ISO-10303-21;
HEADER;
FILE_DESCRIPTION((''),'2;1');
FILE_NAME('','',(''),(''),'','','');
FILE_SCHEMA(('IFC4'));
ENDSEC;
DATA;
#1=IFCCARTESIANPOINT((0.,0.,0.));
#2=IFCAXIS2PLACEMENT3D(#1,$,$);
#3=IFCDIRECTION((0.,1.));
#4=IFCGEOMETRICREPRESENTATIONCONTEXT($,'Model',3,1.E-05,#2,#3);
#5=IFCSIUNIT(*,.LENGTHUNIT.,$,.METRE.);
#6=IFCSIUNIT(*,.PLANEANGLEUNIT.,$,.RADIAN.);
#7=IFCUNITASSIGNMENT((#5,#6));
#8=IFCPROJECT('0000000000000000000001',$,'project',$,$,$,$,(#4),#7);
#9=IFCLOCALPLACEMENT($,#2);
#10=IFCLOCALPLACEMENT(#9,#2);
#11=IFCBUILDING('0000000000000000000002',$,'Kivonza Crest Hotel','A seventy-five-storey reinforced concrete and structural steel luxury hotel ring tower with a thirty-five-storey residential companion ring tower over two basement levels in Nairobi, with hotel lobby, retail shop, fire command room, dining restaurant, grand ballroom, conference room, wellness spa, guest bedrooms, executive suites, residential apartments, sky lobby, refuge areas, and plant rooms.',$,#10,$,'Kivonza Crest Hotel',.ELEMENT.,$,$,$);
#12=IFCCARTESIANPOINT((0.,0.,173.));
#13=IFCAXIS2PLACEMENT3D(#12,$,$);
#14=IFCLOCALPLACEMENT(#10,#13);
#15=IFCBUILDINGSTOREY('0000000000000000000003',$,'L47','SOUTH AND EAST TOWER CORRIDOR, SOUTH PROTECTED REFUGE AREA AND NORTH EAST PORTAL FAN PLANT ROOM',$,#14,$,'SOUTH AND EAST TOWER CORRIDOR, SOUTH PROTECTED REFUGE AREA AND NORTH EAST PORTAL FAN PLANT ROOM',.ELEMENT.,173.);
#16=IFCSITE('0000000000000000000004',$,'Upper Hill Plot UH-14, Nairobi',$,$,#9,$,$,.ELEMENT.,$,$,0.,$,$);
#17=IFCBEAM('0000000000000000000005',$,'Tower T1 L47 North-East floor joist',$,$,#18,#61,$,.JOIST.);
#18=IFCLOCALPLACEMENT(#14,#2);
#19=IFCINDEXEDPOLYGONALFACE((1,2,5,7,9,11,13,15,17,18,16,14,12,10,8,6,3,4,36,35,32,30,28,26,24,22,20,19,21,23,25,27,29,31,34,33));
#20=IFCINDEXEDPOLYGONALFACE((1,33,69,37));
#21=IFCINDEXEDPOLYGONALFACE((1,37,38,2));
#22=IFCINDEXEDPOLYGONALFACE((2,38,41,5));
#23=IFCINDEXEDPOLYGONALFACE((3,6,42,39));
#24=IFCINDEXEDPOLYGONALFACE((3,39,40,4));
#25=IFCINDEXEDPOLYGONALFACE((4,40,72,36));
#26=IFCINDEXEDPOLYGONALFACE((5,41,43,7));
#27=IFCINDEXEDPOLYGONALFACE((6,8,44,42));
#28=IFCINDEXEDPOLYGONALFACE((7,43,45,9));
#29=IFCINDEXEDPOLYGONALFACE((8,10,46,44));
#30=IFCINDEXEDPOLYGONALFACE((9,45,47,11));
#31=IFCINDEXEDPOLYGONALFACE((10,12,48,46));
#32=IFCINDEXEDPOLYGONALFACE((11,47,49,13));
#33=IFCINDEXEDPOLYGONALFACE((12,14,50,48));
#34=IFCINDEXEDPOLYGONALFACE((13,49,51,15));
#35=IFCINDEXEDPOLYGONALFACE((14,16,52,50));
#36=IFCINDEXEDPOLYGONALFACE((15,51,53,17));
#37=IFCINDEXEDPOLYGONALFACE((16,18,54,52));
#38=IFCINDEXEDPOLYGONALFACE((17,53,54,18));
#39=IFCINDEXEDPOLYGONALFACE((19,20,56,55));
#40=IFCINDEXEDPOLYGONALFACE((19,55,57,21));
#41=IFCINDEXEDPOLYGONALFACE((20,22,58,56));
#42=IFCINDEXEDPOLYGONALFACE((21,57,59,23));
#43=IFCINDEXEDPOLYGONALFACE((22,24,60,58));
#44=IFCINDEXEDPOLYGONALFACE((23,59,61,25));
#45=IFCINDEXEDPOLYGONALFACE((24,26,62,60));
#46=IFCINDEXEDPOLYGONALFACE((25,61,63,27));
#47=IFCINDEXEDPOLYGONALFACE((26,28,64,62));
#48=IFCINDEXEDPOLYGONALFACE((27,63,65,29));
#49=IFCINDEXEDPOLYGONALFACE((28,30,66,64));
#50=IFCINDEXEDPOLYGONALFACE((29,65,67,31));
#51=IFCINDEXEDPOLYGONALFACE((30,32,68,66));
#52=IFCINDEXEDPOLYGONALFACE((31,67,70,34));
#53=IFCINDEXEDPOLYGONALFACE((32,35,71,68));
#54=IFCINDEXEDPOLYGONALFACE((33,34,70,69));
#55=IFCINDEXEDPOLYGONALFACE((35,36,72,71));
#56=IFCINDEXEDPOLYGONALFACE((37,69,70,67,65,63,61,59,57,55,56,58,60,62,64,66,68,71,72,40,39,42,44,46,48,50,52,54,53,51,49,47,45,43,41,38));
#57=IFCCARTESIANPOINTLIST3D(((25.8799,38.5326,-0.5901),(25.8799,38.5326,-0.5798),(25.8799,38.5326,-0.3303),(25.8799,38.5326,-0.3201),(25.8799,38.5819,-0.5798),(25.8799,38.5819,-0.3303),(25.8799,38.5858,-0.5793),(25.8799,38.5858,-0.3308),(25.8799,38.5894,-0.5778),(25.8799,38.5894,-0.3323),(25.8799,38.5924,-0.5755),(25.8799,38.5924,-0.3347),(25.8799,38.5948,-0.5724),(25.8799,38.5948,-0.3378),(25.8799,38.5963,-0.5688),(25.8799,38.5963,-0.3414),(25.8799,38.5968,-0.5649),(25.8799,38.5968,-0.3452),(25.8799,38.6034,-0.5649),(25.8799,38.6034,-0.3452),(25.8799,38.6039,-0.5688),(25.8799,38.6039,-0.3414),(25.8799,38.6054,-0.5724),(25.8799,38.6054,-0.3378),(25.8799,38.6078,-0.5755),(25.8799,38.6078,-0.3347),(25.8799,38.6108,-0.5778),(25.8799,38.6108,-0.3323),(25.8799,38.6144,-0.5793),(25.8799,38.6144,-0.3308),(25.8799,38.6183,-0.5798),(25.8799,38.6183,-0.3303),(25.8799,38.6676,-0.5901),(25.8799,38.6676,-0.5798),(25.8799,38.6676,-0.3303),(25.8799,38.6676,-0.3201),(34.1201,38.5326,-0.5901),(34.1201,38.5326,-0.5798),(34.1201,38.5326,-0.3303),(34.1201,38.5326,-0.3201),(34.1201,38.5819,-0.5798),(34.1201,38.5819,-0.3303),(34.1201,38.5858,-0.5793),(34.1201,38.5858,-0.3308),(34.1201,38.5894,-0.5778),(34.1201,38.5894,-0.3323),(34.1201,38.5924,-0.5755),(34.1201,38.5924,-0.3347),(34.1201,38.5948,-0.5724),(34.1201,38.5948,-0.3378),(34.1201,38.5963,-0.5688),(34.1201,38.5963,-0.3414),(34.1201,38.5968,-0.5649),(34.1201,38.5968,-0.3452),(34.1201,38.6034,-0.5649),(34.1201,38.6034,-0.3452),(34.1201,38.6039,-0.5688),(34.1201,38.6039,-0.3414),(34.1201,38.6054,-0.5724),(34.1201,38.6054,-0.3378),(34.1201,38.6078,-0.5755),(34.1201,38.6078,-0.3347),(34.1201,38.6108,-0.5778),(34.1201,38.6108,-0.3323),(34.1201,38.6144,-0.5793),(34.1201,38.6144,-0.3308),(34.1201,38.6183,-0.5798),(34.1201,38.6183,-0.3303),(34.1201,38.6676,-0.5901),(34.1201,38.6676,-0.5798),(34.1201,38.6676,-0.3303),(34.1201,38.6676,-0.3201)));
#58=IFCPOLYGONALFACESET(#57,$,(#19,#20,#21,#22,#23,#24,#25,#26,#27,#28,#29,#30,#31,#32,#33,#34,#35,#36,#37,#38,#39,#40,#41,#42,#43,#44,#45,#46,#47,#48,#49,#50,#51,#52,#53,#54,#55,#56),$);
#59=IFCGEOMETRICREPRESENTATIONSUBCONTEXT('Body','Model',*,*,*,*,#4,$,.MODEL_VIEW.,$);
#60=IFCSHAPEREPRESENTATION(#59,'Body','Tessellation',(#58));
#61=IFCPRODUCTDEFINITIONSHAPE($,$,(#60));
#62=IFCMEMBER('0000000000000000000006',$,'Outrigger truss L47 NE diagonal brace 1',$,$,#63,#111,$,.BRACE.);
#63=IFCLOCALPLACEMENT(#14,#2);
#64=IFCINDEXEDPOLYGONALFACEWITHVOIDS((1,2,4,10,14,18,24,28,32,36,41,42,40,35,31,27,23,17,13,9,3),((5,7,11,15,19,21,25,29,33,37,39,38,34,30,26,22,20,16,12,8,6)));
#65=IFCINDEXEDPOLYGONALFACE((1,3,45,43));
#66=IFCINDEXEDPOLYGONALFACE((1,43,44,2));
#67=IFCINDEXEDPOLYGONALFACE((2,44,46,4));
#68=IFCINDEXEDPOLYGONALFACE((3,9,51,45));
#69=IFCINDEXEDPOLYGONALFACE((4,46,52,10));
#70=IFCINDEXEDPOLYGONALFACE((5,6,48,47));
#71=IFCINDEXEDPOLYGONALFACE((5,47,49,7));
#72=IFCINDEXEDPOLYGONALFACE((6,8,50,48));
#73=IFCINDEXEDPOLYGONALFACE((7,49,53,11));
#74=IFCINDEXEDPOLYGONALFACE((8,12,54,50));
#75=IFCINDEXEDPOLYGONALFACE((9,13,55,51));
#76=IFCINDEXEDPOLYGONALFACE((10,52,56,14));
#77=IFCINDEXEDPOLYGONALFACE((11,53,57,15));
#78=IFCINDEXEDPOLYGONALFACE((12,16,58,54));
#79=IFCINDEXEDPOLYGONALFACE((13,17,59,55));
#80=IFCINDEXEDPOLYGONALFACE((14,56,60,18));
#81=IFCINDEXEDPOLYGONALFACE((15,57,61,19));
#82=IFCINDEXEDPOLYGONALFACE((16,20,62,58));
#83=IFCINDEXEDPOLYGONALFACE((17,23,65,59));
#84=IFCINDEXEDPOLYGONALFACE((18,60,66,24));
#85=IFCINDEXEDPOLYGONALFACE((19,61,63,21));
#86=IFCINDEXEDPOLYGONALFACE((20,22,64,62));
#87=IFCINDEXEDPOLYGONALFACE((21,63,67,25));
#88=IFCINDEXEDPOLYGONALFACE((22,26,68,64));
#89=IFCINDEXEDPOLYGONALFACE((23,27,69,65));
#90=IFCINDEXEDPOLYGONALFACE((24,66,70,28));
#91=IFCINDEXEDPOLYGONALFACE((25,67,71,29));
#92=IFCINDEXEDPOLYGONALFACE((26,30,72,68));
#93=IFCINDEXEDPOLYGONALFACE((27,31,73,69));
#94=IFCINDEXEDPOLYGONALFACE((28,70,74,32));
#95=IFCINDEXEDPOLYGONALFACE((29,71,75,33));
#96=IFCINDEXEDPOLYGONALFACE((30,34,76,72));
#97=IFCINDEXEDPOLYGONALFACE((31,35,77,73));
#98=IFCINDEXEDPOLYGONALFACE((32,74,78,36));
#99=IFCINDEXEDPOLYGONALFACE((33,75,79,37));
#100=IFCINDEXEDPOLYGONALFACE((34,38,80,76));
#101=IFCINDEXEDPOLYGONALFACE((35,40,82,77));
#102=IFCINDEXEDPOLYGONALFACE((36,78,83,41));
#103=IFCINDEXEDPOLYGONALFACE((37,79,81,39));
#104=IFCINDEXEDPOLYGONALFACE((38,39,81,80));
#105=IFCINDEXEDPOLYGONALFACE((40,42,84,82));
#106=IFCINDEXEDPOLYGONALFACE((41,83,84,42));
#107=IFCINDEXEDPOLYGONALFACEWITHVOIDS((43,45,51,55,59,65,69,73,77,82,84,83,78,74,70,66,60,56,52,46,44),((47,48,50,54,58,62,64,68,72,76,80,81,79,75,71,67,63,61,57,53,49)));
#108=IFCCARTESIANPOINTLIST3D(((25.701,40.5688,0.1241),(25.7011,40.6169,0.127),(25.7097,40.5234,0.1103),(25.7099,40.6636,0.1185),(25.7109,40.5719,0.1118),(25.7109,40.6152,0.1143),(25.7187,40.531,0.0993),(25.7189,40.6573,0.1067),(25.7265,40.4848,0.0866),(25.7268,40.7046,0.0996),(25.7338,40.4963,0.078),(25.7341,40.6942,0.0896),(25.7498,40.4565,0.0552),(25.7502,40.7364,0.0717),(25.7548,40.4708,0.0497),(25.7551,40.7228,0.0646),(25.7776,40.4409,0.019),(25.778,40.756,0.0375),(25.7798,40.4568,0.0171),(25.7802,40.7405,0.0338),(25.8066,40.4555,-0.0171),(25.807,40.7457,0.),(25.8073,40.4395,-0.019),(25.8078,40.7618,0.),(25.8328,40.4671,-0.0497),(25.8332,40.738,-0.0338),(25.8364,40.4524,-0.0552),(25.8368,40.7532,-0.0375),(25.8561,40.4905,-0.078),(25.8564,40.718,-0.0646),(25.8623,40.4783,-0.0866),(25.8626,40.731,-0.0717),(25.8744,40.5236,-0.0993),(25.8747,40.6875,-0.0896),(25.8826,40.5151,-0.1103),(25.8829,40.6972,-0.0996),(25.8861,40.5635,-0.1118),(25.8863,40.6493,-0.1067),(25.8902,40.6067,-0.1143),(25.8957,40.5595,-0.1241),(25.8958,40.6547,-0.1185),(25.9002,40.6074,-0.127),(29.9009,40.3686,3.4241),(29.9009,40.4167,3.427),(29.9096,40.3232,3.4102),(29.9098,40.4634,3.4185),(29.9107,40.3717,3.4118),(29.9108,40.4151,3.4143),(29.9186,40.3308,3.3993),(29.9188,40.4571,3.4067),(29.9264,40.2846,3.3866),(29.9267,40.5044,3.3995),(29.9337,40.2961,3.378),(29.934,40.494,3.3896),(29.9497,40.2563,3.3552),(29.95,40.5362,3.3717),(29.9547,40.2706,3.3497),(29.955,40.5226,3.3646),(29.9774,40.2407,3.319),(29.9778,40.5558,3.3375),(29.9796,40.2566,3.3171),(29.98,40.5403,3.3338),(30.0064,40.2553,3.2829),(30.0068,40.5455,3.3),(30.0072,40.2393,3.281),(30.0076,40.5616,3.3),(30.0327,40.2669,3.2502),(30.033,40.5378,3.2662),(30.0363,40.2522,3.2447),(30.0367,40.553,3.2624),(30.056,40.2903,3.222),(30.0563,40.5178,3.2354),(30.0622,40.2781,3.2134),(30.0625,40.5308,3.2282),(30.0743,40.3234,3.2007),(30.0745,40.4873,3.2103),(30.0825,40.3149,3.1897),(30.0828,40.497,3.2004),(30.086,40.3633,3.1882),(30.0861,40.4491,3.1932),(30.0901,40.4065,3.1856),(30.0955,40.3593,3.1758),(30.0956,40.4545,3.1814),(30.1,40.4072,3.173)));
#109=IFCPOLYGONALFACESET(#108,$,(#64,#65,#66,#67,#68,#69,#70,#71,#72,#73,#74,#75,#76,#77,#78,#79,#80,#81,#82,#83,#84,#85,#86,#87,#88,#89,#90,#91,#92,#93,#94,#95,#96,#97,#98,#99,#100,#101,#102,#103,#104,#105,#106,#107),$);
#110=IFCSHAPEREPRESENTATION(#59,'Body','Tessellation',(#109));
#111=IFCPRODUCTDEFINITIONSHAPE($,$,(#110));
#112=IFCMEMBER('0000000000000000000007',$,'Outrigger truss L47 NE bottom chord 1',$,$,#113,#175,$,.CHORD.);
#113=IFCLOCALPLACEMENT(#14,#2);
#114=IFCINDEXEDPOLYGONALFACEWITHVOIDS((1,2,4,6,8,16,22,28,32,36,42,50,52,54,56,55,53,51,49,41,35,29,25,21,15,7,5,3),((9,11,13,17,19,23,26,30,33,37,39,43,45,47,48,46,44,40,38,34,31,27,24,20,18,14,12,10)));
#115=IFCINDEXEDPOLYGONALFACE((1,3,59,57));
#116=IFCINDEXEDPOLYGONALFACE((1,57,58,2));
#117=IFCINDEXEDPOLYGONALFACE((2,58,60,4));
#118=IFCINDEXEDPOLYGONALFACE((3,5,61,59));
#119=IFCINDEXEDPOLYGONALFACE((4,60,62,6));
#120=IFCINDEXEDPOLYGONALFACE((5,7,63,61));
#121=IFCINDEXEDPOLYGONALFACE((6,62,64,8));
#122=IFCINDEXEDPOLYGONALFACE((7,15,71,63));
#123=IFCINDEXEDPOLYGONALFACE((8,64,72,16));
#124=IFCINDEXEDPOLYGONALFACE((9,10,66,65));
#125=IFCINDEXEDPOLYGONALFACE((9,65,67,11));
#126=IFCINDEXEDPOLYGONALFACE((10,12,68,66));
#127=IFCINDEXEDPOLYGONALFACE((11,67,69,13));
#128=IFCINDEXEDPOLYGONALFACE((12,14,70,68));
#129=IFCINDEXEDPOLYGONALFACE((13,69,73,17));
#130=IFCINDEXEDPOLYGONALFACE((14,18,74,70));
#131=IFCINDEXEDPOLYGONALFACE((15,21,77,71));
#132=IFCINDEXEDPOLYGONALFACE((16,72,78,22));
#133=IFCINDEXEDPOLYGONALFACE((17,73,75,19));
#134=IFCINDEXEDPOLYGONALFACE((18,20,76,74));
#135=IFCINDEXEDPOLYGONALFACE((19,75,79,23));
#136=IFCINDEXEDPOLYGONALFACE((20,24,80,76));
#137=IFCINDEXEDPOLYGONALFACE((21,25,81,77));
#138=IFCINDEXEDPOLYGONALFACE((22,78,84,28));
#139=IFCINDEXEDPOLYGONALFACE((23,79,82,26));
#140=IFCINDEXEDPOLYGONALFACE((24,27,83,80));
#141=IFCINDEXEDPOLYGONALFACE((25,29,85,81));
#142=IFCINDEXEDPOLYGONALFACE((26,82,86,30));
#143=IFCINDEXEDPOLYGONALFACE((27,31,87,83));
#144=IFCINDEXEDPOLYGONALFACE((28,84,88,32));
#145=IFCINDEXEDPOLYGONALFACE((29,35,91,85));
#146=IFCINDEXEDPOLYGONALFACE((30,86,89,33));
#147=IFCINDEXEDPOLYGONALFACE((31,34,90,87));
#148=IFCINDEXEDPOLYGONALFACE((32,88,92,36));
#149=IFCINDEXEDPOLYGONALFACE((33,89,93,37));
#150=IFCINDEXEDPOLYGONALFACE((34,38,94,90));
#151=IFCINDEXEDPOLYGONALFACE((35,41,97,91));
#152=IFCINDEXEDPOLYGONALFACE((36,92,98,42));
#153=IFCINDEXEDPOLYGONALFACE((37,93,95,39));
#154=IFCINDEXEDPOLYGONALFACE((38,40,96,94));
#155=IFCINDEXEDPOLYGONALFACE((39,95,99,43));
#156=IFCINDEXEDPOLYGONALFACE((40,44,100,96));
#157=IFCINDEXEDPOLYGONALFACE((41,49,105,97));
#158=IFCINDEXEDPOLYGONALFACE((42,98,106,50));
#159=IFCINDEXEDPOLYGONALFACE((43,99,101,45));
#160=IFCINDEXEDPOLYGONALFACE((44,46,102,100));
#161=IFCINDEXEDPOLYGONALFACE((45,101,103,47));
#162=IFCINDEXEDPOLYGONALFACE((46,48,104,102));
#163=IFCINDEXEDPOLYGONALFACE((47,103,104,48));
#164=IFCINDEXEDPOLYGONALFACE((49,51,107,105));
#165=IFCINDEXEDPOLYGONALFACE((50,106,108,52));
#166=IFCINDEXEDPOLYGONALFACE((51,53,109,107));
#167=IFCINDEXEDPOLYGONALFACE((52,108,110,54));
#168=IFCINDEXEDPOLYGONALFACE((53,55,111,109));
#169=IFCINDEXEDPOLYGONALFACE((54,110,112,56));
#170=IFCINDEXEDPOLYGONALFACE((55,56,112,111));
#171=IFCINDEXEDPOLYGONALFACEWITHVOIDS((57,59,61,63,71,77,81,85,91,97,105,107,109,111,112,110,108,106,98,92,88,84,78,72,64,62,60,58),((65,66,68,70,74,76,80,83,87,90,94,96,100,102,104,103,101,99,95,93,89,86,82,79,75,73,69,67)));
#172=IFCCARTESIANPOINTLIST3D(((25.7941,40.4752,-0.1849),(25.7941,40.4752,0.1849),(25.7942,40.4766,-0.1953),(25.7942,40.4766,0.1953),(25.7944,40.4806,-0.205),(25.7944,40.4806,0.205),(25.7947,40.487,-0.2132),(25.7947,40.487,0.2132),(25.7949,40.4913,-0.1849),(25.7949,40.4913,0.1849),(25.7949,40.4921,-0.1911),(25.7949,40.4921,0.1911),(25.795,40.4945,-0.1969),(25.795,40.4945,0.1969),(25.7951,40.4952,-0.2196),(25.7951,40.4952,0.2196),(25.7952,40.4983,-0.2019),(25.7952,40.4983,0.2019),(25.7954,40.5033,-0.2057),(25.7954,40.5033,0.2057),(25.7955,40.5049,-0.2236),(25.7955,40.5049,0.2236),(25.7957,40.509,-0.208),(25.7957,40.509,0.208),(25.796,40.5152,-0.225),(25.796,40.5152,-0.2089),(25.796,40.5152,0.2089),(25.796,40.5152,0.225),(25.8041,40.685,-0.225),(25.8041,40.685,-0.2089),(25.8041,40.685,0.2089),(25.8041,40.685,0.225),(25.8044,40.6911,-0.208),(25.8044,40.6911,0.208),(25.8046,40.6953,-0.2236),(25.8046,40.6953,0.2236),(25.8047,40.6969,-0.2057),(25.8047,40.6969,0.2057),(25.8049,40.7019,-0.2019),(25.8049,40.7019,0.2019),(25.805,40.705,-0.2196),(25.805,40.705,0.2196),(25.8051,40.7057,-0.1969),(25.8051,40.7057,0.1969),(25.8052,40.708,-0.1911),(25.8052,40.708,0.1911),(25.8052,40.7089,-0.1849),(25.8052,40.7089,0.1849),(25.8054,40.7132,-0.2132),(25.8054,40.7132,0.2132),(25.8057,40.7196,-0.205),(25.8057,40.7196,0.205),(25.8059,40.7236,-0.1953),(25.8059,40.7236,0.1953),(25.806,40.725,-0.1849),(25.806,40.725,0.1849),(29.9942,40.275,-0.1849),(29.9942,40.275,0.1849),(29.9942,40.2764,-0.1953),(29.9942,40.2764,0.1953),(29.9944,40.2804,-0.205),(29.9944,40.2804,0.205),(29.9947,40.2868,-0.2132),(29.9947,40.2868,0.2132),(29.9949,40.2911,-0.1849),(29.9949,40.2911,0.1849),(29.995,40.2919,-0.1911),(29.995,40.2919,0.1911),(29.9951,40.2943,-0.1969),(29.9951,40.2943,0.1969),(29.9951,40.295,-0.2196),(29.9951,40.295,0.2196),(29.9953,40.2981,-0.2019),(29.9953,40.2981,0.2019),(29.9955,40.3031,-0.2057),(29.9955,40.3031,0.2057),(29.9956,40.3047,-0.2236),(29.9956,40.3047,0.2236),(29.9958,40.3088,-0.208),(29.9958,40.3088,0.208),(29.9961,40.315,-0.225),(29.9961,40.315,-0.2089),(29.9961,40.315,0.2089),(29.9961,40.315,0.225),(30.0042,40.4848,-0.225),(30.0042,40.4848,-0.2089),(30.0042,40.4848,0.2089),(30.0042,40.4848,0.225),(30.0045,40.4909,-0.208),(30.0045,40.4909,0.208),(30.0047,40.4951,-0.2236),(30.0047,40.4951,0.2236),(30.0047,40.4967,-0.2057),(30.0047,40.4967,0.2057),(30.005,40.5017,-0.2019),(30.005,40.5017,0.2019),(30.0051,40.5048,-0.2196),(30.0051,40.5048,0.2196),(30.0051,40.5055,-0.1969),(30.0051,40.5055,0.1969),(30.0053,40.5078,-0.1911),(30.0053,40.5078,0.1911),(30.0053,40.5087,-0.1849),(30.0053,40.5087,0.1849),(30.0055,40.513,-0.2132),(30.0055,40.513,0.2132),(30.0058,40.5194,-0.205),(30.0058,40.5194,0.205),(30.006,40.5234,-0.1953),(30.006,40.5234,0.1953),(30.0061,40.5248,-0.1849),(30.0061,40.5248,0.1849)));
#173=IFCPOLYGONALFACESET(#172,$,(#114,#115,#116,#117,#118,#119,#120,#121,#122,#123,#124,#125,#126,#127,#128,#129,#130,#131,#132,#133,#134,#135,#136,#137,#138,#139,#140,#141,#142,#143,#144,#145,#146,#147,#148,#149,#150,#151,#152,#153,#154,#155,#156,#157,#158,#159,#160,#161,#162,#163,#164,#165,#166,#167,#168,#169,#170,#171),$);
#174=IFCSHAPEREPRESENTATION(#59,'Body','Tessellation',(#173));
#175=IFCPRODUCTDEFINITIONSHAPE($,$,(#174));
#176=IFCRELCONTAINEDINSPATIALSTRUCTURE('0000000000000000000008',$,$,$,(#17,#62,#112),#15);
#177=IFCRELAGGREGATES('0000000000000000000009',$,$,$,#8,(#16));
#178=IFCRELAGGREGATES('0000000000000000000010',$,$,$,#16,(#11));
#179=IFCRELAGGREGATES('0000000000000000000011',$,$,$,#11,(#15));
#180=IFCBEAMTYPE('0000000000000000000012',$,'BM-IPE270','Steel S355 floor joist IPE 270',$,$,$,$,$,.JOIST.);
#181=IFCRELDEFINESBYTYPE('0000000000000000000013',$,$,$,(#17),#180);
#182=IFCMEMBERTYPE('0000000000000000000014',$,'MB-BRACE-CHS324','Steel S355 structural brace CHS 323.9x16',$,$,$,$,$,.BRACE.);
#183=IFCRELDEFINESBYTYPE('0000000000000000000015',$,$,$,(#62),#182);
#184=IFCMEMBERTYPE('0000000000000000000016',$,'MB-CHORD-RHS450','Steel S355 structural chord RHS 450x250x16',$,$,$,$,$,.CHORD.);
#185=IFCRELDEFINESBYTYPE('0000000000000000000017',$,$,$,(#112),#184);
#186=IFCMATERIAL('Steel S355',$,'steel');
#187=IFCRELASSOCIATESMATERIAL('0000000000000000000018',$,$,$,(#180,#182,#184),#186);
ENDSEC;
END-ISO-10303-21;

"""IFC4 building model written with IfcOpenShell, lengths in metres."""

from ifc_helpers import new_model, si_unit, direction, frame, origin, origin_2d, place, context, subcontext, project, spatial, hollow_rectangle, hollow_circle, i_section, extrude, material, material_profile, profile_set, type_object, element, save


model = new_model("IFC4")

# Units and contexts
model_context = context("Model", 3, precision=1e-05, world=origin(), true_north=direction((0.0, 1.0)))
body_context = subcontext(model_context, "Body", "Model", "MODEL_VIEW")
ifc_project = project(units=[si_unit("LENGTHUNIT", "METRE"), si_unit("PLANEANGLEUNIT", "RADIAN")], contexts=[model_context])

# Site, building, storey
site_placement = place(None, origin())
site = spatial("IfcSite", under=ifc_project, at=site_placement, Name="Upper Hill Plot UH-14, Nairobi", CompositionType="ELEMENT", RefElevation=0.0)
building_placement = place(site_placement, origin())
building = spatial("IfcBuilding", under=site, at=building_placement, Name="Kivonza Crest Hotel", Description="A seventy-five-storey reinforced concrete and structural steel luxury hotel ring tower with a thirty-five-storey residential companion ring tower over two basement levels in Nairobi, with hotel lobby, retail shop, fire command room, dining restaurant, grand ballroom, conference room, wellness spa, guest bedrooms, executive suites, residential apartments, sky lobby, refuge areas, and plant rooms.", LongName="Kivonza Crest Hotel", CompositionType="ELEMENT")
storey_placement = place(building_placement, frame((0.0, 0.0, 173.0)))
storey = spatial("IfcBuildingStorey", under=building, at=storey_placement, Name="L47", Description="SOUTH AND EAST TOWER CORRIDOR, SOUTH PROTECTED REFUGE AREA AND NORTH EAST PORTAL FAN PLANT ROOM", LongName="SOUTH AND EAST TOWER CORRIDOR, SOUTH PROTECTED REFUGE AREA AND NORTH EAST PORTAL FAN PLANT ROOM", CompositionType="ELEMENT", Elevation=173.0)

# Beam
ifc_material_1 = material(Name="Steel S355", Category="steel")
ifc_material_profile_1 = material_profile(ifc_material_1, i_section(OverallWidth=0.135, OverallDepth=0.27, WebThickness=0.0066, FlangeThickness=0.0103, FilletRadius=0.0149, at=origin_2d()), Name="IPE 270")
ifc_profile_set_1 = profile_set([ifc_material_profile_1], Name="Steel S355")
beam_type_1 = type_object("IfcBeamType", Name="BM-IPE270", Description="Steel S355 floor joist IPE 270", PredefinedType="JOIST", material=ifc_profile_set_1)
beam_1_placement = place(storey_placement, frame((25.8799, 38.6001, -0.4551), z_axis=(1.0, 0.0, 0.0), x_axis=(0.0, 1.0, 0.0)))
element("IfcBeam", 1, at=beam_1_placement, inside=storey, type_object=beam_type_1, Name="Tower T1 L47 North-East floor joist", PredefinedType="JOIST", context=body_context, shape_type="SweptSolid", body=[
    extrude(i_section(OverallWidth=0.135, OverallDepth=0.27, WebThickness=0.0066, FlangeThickness=0.0103, FilletRadius=0.0149, at=origin_2d()), origin(), (0.0, 0.0, 1.0), 8.2402),
])

# Members
ifc_material_profile_2 = material_profile(ifc_material_1, hollow_circle(Radius=0.1619, WallThickness=0.0161, at=origin_2d()), Name="CHS 323.9x16")
ifc_profile_set_2 = profile_set([ifc_material_profile_2], Name="Steel S355")
member_type_1 = type_object("IfcMemberType", Name="MB-BRACE-CHS324", Description="Steel S355 structural brace CHS 323.9x16", PredefinedType="BRACE", material=ifc_profile_set_2)
member_1_placement = place(storey_placement, frame((25.8, 40.6001, 0.0), z_axis=(0.785759, -0.037454, 0.617398), x_axis=(0.047612, 0.998866, 0.0)))
element("IfcMember", 2, at=member_1_placement, inside=storey, type_object=member_type_1, Name="Outrigger truss L47 NE diagonal brace 1", PredefinedType="BRACE", context=body_context, shape_type="SweptSolid", body=[
    extrude(hollow_circle(Radius=0.1619, WallThickness=0.0161, at=origin_2d()), origin(), (0.0, 0.0, 1.0), 5.345),
])
ifc_material_profile_3 = material_profile(ifc_material_1, hollow_rectangle(XDim=0.25, YDim=0.45, WallThickness=0.0161, InnerFilletRadius=0.0239, OuterFilletRadius=0.04, at=origin_2d()), Name="RHS 450x250x16")
ifc_profile_set_3 = profile_set([ifc_material_profile_3], Name="Steel S355")
member_type_2 = type_object("IfcMemberType", Name="MB-CHORD-RHS450", Description="Steel S355 structural chord RHS 450x250x16", PredefinedType="CHORD", material=ifc_profile_set_3)
for number, where, z_axis, x_axis, name in (
    (3, (25.8, 40.6001, 0.0), (0.998866, -0.047612, 0.0), (0.047612, 0.998866, 0.0), "Outrigger truss L47 NE bottom chord 1"),
):
    element("IfcMember", number, at=place(storey_placement, frame(where, z_axis=z_axis, x_axis=x_axis)), inside=storey, type_object=member_type_2, Name=name, PredefinedType="CHORD", context=body_context, shape_type="SweptSolid", body=[
        extrude(hollow_rectangle(XDim=0.25, YDim=0.45, WallThickness=0.0161, InnerFilletRadius=0.0239, OuterFilletRadius=0.04, at=origin_2d()), origin(), (0.0, 0.0, 1.0), 4.2048),
    ])

save(model, "model.ifc")
